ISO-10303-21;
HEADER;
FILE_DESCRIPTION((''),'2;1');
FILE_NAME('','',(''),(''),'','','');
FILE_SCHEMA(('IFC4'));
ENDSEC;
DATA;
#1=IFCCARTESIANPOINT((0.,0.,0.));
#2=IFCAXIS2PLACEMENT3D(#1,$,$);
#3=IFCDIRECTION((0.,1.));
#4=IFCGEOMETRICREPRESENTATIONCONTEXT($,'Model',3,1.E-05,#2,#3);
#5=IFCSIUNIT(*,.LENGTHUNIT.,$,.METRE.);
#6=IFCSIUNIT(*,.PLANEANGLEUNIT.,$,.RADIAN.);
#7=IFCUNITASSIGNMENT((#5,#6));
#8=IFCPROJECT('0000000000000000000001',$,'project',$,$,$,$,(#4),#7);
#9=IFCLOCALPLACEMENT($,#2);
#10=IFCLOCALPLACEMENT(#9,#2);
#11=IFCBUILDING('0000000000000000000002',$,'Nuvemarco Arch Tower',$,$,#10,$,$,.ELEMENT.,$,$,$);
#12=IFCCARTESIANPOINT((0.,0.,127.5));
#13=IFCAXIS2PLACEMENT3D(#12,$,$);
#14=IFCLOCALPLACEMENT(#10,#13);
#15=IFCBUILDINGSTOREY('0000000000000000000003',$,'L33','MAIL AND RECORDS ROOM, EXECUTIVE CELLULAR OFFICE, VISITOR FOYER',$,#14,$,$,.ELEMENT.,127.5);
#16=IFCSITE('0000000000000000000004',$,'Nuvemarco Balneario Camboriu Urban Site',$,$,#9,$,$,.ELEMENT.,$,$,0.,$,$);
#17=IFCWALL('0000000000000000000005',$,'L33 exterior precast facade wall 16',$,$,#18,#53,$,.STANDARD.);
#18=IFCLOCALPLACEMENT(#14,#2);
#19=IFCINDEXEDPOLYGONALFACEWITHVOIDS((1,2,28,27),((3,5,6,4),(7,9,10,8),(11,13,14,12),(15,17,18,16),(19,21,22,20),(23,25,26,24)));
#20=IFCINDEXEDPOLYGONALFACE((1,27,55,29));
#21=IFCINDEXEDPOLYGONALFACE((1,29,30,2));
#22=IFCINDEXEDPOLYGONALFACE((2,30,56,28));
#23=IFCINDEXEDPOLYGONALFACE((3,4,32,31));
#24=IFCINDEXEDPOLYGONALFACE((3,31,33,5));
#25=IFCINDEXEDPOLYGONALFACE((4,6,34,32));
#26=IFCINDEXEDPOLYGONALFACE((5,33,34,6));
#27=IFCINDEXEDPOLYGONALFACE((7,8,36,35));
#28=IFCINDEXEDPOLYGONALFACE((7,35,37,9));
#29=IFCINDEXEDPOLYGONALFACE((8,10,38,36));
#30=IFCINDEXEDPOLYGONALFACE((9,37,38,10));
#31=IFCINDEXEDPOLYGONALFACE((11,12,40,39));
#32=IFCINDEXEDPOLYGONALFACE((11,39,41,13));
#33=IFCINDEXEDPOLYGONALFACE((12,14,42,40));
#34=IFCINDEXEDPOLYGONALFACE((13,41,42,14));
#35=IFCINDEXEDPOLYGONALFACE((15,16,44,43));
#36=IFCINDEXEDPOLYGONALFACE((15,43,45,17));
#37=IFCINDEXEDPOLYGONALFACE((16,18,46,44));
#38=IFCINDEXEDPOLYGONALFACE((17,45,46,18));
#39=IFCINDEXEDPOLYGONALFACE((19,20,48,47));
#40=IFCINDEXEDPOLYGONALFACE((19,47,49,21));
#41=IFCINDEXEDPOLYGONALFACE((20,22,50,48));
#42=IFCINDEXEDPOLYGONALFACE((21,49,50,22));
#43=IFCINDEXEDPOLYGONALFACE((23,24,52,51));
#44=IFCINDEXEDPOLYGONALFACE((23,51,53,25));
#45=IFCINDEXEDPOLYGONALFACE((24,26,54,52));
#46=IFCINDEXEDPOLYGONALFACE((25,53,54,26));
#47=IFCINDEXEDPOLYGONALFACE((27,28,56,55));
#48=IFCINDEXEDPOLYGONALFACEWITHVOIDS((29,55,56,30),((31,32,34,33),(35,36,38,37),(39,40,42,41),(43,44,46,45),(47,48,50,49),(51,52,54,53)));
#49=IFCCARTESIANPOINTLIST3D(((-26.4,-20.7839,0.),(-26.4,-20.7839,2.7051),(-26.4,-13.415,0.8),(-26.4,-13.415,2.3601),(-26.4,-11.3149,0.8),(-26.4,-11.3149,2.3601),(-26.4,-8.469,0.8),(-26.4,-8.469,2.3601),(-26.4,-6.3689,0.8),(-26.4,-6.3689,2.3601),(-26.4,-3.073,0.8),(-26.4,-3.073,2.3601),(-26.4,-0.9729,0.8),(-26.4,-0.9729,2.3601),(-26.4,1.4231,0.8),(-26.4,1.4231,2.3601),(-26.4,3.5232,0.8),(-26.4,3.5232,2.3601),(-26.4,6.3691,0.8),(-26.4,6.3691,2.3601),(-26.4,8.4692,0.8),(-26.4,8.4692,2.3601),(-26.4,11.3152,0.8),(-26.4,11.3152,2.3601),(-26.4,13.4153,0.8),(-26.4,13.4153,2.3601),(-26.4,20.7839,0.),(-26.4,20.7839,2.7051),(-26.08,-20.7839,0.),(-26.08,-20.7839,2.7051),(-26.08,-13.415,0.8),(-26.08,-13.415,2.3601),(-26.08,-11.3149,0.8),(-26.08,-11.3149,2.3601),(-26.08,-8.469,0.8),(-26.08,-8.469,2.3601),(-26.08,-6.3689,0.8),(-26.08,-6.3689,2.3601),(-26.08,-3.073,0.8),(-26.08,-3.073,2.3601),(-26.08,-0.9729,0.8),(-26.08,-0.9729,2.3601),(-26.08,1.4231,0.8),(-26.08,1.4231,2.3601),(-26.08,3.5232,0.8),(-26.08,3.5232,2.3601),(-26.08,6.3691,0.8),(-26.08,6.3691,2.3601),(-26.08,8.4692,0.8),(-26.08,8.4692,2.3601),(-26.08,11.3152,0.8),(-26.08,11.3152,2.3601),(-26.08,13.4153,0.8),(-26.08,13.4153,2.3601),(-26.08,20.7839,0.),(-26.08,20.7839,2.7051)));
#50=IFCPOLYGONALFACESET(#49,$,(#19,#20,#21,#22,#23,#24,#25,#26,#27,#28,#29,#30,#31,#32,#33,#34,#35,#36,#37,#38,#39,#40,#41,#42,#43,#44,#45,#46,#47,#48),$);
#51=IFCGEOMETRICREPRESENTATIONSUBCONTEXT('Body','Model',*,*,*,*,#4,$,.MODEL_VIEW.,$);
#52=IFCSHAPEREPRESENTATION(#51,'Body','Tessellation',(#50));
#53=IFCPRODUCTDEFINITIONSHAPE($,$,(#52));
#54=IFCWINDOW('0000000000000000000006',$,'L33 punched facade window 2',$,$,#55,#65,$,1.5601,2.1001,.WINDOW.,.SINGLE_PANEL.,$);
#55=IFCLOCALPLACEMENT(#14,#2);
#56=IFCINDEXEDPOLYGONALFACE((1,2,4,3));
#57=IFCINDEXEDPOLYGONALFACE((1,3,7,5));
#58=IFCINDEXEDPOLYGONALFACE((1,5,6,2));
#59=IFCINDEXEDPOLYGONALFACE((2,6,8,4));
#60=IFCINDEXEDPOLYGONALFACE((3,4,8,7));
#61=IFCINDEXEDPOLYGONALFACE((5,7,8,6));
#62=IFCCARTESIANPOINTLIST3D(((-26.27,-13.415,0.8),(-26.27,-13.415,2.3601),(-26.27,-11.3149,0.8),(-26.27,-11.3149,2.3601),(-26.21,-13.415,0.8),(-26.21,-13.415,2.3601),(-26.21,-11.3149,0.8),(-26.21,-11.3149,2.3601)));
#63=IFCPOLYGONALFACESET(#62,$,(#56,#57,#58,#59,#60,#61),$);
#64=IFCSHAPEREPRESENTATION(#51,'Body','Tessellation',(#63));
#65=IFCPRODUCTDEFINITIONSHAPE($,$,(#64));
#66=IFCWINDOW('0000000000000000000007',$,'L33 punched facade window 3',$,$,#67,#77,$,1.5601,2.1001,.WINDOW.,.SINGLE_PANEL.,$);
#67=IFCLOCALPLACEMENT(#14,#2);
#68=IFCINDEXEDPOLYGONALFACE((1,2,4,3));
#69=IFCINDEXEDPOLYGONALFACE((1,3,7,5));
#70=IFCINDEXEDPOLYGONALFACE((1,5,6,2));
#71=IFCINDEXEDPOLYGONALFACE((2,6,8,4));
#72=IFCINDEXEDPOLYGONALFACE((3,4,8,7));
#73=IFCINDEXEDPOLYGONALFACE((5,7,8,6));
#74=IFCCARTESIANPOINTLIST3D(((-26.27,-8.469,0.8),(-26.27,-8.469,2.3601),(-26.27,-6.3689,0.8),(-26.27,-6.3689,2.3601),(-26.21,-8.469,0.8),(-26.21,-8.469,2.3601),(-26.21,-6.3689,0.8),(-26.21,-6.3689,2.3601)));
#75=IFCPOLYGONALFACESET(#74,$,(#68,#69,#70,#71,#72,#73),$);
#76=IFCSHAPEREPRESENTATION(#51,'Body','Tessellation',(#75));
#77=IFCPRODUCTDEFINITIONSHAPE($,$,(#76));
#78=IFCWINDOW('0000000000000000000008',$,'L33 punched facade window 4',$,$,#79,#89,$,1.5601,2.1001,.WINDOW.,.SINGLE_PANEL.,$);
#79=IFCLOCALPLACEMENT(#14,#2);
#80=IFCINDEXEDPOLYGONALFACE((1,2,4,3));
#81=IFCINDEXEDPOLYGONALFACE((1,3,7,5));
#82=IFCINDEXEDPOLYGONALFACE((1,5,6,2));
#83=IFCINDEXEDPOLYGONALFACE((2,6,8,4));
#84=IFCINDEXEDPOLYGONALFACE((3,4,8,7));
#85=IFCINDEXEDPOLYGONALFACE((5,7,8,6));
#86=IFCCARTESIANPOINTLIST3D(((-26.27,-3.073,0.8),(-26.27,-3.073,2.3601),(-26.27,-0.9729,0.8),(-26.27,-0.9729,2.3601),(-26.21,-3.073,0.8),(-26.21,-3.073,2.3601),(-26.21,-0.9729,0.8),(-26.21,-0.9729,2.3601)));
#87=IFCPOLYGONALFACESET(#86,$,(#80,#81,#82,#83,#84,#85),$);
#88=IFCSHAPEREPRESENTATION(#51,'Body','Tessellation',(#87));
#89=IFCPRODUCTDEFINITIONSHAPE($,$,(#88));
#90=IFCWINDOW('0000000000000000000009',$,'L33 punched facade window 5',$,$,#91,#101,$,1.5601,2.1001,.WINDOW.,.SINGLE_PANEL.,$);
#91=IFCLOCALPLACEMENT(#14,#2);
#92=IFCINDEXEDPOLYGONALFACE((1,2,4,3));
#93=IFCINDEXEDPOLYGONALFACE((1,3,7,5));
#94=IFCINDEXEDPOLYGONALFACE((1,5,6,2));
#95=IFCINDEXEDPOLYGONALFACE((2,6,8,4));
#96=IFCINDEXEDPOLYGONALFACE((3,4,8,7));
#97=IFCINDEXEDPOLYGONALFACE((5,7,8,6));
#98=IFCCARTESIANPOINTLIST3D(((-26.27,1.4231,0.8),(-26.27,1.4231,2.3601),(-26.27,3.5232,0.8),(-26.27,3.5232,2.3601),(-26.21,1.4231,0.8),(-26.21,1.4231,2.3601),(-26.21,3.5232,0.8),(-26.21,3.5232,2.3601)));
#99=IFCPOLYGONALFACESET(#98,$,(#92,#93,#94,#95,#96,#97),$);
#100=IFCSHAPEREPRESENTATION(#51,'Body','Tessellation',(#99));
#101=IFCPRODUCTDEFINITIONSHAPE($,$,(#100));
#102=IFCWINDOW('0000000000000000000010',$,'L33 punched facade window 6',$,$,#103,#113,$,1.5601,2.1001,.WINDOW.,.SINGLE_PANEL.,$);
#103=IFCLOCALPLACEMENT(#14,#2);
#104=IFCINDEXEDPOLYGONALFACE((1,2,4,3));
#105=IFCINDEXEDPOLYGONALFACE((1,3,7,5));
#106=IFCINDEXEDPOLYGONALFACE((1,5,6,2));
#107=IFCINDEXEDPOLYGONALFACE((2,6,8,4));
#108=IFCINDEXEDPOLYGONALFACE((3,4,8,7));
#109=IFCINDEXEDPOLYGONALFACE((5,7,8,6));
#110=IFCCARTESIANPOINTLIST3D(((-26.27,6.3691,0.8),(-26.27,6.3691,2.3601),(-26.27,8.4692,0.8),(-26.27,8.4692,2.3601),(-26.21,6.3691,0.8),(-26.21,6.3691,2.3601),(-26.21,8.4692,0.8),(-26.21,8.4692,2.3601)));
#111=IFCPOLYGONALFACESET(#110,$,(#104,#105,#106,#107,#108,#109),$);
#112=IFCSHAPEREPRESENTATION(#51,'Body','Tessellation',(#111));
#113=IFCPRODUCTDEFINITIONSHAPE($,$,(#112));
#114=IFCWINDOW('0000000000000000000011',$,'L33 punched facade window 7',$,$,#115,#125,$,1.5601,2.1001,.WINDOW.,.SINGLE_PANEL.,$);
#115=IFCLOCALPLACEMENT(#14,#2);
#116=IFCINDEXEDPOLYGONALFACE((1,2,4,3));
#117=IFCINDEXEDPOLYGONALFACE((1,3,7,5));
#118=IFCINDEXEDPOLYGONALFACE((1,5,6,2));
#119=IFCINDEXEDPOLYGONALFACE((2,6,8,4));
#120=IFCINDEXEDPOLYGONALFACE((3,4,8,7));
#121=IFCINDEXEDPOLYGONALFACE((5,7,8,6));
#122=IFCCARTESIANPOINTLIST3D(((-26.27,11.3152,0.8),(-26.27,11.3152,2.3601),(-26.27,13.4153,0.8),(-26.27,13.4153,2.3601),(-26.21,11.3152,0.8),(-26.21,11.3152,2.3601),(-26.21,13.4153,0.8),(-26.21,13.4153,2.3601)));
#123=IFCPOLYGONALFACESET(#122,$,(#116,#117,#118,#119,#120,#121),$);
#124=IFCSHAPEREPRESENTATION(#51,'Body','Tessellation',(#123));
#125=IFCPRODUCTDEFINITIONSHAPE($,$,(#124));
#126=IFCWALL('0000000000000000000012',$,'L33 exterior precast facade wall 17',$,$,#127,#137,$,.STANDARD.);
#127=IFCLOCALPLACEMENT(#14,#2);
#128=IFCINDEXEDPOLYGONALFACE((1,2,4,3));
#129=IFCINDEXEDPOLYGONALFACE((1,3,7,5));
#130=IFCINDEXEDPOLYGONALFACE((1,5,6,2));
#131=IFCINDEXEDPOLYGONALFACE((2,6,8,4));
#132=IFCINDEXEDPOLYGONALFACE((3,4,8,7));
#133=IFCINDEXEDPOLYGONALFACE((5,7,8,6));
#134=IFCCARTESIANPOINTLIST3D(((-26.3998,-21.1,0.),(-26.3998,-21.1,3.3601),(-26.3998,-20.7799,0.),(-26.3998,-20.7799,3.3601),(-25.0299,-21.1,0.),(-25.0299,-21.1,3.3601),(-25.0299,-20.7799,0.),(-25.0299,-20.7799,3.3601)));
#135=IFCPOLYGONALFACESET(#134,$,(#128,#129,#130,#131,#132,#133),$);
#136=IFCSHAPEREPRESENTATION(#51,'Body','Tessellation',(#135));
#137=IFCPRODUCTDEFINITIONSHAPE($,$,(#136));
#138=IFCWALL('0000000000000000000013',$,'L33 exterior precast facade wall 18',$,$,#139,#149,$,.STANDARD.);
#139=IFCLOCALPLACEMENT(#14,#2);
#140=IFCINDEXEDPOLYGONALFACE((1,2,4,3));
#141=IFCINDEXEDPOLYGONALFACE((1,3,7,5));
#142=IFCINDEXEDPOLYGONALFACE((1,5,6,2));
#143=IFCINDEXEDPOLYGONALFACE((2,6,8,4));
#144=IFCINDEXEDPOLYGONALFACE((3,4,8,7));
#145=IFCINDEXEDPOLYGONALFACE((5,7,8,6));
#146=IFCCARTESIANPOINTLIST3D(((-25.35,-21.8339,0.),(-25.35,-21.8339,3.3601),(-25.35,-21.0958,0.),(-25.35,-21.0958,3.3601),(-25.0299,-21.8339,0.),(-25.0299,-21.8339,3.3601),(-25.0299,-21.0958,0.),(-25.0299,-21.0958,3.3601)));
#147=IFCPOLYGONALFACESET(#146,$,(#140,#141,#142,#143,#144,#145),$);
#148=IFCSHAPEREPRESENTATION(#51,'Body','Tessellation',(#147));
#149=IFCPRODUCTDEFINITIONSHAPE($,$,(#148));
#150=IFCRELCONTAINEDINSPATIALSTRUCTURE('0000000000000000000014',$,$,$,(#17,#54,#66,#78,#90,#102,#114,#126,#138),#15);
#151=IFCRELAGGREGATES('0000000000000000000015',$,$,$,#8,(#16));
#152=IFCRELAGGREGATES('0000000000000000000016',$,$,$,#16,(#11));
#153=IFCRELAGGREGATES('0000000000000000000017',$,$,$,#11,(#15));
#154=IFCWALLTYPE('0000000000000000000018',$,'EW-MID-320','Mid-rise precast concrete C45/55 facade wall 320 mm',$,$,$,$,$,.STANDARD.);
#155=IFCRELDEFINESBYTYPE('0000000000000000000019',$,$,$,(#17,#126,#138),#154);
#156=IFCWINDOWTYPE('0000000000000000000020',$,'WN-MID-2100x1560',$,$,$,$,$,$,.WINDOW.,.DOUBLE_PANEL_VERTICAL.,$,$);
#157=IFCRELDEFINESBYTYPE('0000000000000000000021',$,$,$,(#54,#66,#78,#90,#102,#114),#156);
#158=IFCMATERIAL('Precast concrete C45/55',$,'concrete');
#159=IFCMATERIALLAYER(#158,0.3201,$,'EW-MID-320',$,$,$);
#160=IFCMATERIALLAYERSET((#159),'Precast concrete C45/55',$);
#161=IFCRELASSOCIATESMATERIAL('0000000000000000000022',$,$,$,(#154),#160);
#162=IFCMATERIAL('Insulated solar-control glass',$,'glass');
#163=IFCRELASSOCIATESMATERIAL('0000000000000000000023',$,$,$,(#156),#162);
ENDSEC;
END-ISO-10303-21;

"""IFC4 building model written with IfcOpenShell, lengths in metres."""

from ifc_helpers import new_model, si_unit, direction, frame, frame_2d, origin, place, context, subcontext, project, spatial, rectangle, extrude, source, transform, mapped, material, layer, layer_set, type_object, type_shapes, element, fill, save


model = new_model("IFC4")

# Units and contexts
model_context = context("Model", 3, precision=1e-05, world=origin(), true_north=direction((0.0, 1.0)))
body_context = subcontext(model_context, "Body", "Model", "MODEL_VIEW")
ifc_project = project(units=[si_unit("LENGTHUNIT", "METRE"), si_unit("PLANEANGLEUNIT", "RADIAN")], contexts=[model_context])

# Site, building, storey
site_placement = place(None, origin())
site = spatial("IfcSite", under=ifc_project, at=site_placement, Name="Nuvemarco Balneario Camboriu Urban Site", CompositionType="ELEMENT", RefElevation=0.0)
building_placement = place(site_placement, origin())
building = spatial("IfcBuilding", under=site, at=building_placement, Name="Nuvemarco Arch Tower", CompositionType="ELEMENT")
storey_placement = place(building_placement, frame((0.0, 0.0, 127.5)))
storey = spatial("IfcBuildingStorey", under=building, at=storey_placement, Name="L33", Description="MAIL AND RECORDS ROOM, EXECUTIVE CELLULAR OFFICE, VISITOR FOYER", CompositionType="ELEMENT", Elevation=127.5)

# Wall, openings, windows
ifc_material_1 = material(Name="Precast concrete C45/55", Category="concrete")
ifc_layer = layer(ifc_material_1, 0.3201, Name="EW-MID-320")
ifc_layer_set = layer_set([ifc_layer], Name="Precast concrete C45/55")
wall_type = type_object("IfcWallType", Name="EW-MID-320", Description="Mid-rise precast concrete C45/55 facade wall 320 mm", PredefinedType="STANDARD", material=ifc_layer_set)
wall_1_placement = place(storey_placement, frame((-26.24, -20.7839, 0.0), z_axis=(0.0, 0.0, 1.0), x_axis=(0.0, 1.0, 0.0)))
wall_1 = element("IfcWall", 1, at=wall_1_placement, inside=storey, type_object=wall_type, Name="L33 exterior precast facade wall 16", PredefinedType="STANDARD", context=body_context, shape_type="SweptSolid", body=[
    extrude(rectangle(XDim=41.5679, YDim=0.3201, at=frame_2d((20.7839, 0.0))), origin(), (0.0, 0.0, 1.0), 2.7051),
])
opening_1_placement = place(wall_1_placement, frame((7.3689, 0.0, 0.8)))
opening_1 = element("IfcOpeningElement", 2, at=opening_1_placement, cuts=wall_1, PredefinedType="OPENING", context=body_context, shape_type="SweptSolid", body=[
    extrude(rectangle(XDim=2.1001, YDim=1.5601, at=frame_2d((1.05, 0.78))), frame((0.0, 0.1699, 0.0), z_axis=(0.0, -1.0, 0.0), x_axis=(1.0, 0.0, 0.0)), (0.0, 0.0, 1.0), 0.3401),
])
opening_2_placement = place(wall_1_placement, frame((12.3149, 0.0, 0.8)))
opening_2 = element("IfcOpeningElement", 3, at=opening_2_placement, cuts=wall_1, PredefinedType="OPENING", context=body_context, shape_type="SweptSolid", body=[
    extrude(rectangle(XDim=2.1001, YDim=1.5601, at=frame_2d((1.05, 0.78))), frame((0.0, 0.1699, 0.0), z_axis=(0.0, -1.0, 0.0), x_axis=(1.0, 0.0, 0.0)), (0.0, 0.0, 1.0), 0.3401),
])
opening_3_placement = place(wall_1_placement, frame((17.7109, 0.0, 0.8)))
opening_3 = element("IfcOpeningElement", 4, at=opening_3_placement, cuts=wall_1, PredefinedType="OPENING", context=body_context, shape_type="SweptSolid", body=[
    extrude(rectangle(XDim=2.1001, YDim=1.5601, at=frame_2d((1.05, 0.78))), frame((0.0, 0.1699, 0.0), z_axis=(0.0, -1.0, 0.0), x_axis=(1.0, 0.0, 0.0)), (0.0, 0.0, 1.0), 0.3401),
])
opening_4_placement = place(wall_1_placement, frame((22.207, 0.0, 0.8)))
opening_4 = element("IfcOpeningElement", 5, at=opening_4_placement, cuts=wall_1, PredefinedType="OPENING", context=body_context, shape_type="SweptSolid", body=[
    extrude(rectangle(XDim=2.1001, YDim=1.5601, at=frame_2d((1.05, 0.78))), frame((0.0, 0.1699, 0.0), z_axis=(0.0, -1.0, 0.0), x_axis=(1.0, 0.0, 0.0)), (0.0, 0.0, 1.0), 0.3401),
])
opening_5_placement = place(wall_1_placement, frame((27.1531, 0.0, 0.8)))
opening_5 = element("IfcOpeningElement", 6, at=opening_5_placement, cuts=wall_1, PredefinedType="OPENING", context=body_context, shape_type="SweptSolid", body=[
    extrude(rectangle(XDim=2.1001, YDim=1.5601, at=frame_2d((1.05, 0.78))), frame((0.0, 0.1699, 0.0), z_axis=(0.0, -1.0, 0.0), x_axis=(1.0, 0.0, 0.0)), (0.0, 0.0, 1.0), 0.3401),
])
opening_6_placement = place(wall_1_placement, frame((32.0991, 0.0, 0.8)))
opening_6 = element("IfcOpeningElement", 7, at=opening_6_placement, cuts=wall_1, PredefinedType="OPENING", context=body_context, shape_type="SweptSolid", body=[
    extrude(rectangle(XDim=2.1001, YDim=1.5601, at=frame_2d((1.05, 0.78))), frame((0.0, 0.1699, 0.0), z_axis=(0.0, -1.0, 0.0), x_axis=(1.0, 0.0, 0.0)), (0.0, 0.0, 1.0), 0.3401),
])
ifc_material_2 = material(Name="Insulated solar-control glass", Category="glass")
window_type = type_object("IfcWindowType", Name="WN-MID-2100x1560", PartitioningType="DOUBLE_PANEL_VERTICAL", PredefinedType="WINDOW", material=ifc_material_2)
shared_shape = source(origin(), body_context, "Body", "SweptSolid", [
    extrude(rectangle(XDim=2.1001, YDim=1.5601, at=frame_2d((1.05, 0.78))), frame((0.0, 0.03, 0.0), z_axis=(0.0, -1.0, 0.0), x_axis=(1.0, 0.0, 0.0)), (0.0, 0.0, 1.0), 0.0601),
])
type_shapes(window_type, [shared_shape])
window_1_placement = place(opening_1_placement, origin())
window_1 = element("IfcWindow", 8, at=window_1_placement, inside=storey, type_object=window_type, Name="L33 punched facade window 2", OverallHeight=1.5601, OverallWidth=2.1001, PartitioningType="SINGLE_PANEL", PredefinedType="WINDOW", context=body_context, shape_type="MappedRepresentation", body=[
    mapped(shared_shape, transform((0.0, 0.0, 0.0), scale=1.0)),
])
fill(opening_1, window_1)
window_2_placement = place(opening_2_placement, origin())
window_2 = element("IfcWindow", 9, at=window_2_placement, inside=storey, type_object=window_type, Name="L33 punched facade window 3", OverallHeight=1.5601, OverallWidth=2.1001, PartitioningType="SINGLE_PANEL", PredefinedType="WINDOW", context=body_context, shape_type="MappedRepresentation", body=[
    mapped(shared_shape, transform((0.0, 0.0, 0.0), scale=1.0)),
])
fill(opening_2, window_2)
window_3_placement = place(opening_3_placement, origin())
window_3 = element("IfcWindow", 10, at=window_3_placement, inside=storey, type_object=window_type, Name="L33 punched facade window 4", OverallHeight=1.5601, OverallWidth=2.1001, PartitioningType="SINGLE_PANEL", PredefinedType="WINDOW", context=body_context, shape_type="MappedRepresentation", body=[
    mapped(shared_shape, transform((0.0, 0.0, 0.0), scale=1.0)),
])
fill(opening_3, window_3)
window_4_placement = place(opening_4_placement, origin())
window_4 = element("IfcWindow", 11, at=window_4_placement, inside=storey, type_object=window_type, Name="L33 punched facade window 5", OverallHeight=1.5601, OverallWidth=2.1001, PartitioningType="SINGLE_PANEL", PredefinedType="WINDOW", context=body_context, shape_type="MappedRepresentation", body=[
    mapped(shared_shape, transform((0.0, 0.0, 0.0), scale=1.0)),
])
fill(opening_4, window_4)
window_5_placement = place(opening_5_placement, origin())
window_5 = element("IfcWindow", 12, at=window_5_placement, inside=storey, type_object=window_type, Name="L33 punched facade window 6", OverallHeight=1.5601, OverallWidth=2.1001, PartitioningType="SINGLE_PANEL", PredefinedType="WINDOW", context=body_context, shape_type="MappedRepresentation", body=[
    mapped(shared_shape, transform((0.0, 0.0, 0.0), scale=1.0)),
])
fill(opening_5, window_5)
window_6_placement = place(opening_6_placement, origin())
window_6 = element("IfcWindow", 13, at=window_6_placement, inside=storey, type_object=window_type, Name="L33 punched facade window 7", OverallHeight=1.5601, OverallWidth=2.1001, PartitioningType="SINGLE_PANEL", PredefinedType="WINDOW", context=body_context, shape_type="MappedRepresentation", body=[
    mapped(shared_shape, transform((0.0, 0.0, 0.0), scale=1.0)),
])
fill(opening_6, window_6)

# Walls
wall_2_placement = place(storey_placement, frame((-26.3999, -20.9399, 0.0), z_axis=(0.0, 0.0, 1.0), x_axis=(1.0, 0.0, 0.0)))
element("IfcWall", 14, at=wall_2_placement, inside=storey, type_object=wall_type, Name="L33 exterior precast facade wall 17", PredefinedType="STANDARD", context=body_context, shape_type="SweptSolid", body=[
    extrude(rectangle(XDim=1.3699, YDim=0.3201, at=frame_2d((0.6851, 0.0))), origin(), (0.0, 0.0, 1.0), 3.3601),
])
wall_3_placement = place(storey_placement, frame((-25.1899, -21.834, 0.0), z_axis=(0.0, 0.0, 1.0), x_axis=(0.0, 1.0, 0.0)))
element("IfcWall", 15, at=wall_3_placement, inside=storey, type_object=wall_type, Name="L33 exterior precast facade wall 18", PredefinedType="STANDARD", context=body_context, shape_type="SweptSolid", body=[
    extrude(rectangle(XDim=0.738, YDim=0.3201, at=frame_2d((0.3691, 0.0))), origin(), (0.0, 0.0, 1.0), 3.3601),
])

save(model, "model.ifc")
